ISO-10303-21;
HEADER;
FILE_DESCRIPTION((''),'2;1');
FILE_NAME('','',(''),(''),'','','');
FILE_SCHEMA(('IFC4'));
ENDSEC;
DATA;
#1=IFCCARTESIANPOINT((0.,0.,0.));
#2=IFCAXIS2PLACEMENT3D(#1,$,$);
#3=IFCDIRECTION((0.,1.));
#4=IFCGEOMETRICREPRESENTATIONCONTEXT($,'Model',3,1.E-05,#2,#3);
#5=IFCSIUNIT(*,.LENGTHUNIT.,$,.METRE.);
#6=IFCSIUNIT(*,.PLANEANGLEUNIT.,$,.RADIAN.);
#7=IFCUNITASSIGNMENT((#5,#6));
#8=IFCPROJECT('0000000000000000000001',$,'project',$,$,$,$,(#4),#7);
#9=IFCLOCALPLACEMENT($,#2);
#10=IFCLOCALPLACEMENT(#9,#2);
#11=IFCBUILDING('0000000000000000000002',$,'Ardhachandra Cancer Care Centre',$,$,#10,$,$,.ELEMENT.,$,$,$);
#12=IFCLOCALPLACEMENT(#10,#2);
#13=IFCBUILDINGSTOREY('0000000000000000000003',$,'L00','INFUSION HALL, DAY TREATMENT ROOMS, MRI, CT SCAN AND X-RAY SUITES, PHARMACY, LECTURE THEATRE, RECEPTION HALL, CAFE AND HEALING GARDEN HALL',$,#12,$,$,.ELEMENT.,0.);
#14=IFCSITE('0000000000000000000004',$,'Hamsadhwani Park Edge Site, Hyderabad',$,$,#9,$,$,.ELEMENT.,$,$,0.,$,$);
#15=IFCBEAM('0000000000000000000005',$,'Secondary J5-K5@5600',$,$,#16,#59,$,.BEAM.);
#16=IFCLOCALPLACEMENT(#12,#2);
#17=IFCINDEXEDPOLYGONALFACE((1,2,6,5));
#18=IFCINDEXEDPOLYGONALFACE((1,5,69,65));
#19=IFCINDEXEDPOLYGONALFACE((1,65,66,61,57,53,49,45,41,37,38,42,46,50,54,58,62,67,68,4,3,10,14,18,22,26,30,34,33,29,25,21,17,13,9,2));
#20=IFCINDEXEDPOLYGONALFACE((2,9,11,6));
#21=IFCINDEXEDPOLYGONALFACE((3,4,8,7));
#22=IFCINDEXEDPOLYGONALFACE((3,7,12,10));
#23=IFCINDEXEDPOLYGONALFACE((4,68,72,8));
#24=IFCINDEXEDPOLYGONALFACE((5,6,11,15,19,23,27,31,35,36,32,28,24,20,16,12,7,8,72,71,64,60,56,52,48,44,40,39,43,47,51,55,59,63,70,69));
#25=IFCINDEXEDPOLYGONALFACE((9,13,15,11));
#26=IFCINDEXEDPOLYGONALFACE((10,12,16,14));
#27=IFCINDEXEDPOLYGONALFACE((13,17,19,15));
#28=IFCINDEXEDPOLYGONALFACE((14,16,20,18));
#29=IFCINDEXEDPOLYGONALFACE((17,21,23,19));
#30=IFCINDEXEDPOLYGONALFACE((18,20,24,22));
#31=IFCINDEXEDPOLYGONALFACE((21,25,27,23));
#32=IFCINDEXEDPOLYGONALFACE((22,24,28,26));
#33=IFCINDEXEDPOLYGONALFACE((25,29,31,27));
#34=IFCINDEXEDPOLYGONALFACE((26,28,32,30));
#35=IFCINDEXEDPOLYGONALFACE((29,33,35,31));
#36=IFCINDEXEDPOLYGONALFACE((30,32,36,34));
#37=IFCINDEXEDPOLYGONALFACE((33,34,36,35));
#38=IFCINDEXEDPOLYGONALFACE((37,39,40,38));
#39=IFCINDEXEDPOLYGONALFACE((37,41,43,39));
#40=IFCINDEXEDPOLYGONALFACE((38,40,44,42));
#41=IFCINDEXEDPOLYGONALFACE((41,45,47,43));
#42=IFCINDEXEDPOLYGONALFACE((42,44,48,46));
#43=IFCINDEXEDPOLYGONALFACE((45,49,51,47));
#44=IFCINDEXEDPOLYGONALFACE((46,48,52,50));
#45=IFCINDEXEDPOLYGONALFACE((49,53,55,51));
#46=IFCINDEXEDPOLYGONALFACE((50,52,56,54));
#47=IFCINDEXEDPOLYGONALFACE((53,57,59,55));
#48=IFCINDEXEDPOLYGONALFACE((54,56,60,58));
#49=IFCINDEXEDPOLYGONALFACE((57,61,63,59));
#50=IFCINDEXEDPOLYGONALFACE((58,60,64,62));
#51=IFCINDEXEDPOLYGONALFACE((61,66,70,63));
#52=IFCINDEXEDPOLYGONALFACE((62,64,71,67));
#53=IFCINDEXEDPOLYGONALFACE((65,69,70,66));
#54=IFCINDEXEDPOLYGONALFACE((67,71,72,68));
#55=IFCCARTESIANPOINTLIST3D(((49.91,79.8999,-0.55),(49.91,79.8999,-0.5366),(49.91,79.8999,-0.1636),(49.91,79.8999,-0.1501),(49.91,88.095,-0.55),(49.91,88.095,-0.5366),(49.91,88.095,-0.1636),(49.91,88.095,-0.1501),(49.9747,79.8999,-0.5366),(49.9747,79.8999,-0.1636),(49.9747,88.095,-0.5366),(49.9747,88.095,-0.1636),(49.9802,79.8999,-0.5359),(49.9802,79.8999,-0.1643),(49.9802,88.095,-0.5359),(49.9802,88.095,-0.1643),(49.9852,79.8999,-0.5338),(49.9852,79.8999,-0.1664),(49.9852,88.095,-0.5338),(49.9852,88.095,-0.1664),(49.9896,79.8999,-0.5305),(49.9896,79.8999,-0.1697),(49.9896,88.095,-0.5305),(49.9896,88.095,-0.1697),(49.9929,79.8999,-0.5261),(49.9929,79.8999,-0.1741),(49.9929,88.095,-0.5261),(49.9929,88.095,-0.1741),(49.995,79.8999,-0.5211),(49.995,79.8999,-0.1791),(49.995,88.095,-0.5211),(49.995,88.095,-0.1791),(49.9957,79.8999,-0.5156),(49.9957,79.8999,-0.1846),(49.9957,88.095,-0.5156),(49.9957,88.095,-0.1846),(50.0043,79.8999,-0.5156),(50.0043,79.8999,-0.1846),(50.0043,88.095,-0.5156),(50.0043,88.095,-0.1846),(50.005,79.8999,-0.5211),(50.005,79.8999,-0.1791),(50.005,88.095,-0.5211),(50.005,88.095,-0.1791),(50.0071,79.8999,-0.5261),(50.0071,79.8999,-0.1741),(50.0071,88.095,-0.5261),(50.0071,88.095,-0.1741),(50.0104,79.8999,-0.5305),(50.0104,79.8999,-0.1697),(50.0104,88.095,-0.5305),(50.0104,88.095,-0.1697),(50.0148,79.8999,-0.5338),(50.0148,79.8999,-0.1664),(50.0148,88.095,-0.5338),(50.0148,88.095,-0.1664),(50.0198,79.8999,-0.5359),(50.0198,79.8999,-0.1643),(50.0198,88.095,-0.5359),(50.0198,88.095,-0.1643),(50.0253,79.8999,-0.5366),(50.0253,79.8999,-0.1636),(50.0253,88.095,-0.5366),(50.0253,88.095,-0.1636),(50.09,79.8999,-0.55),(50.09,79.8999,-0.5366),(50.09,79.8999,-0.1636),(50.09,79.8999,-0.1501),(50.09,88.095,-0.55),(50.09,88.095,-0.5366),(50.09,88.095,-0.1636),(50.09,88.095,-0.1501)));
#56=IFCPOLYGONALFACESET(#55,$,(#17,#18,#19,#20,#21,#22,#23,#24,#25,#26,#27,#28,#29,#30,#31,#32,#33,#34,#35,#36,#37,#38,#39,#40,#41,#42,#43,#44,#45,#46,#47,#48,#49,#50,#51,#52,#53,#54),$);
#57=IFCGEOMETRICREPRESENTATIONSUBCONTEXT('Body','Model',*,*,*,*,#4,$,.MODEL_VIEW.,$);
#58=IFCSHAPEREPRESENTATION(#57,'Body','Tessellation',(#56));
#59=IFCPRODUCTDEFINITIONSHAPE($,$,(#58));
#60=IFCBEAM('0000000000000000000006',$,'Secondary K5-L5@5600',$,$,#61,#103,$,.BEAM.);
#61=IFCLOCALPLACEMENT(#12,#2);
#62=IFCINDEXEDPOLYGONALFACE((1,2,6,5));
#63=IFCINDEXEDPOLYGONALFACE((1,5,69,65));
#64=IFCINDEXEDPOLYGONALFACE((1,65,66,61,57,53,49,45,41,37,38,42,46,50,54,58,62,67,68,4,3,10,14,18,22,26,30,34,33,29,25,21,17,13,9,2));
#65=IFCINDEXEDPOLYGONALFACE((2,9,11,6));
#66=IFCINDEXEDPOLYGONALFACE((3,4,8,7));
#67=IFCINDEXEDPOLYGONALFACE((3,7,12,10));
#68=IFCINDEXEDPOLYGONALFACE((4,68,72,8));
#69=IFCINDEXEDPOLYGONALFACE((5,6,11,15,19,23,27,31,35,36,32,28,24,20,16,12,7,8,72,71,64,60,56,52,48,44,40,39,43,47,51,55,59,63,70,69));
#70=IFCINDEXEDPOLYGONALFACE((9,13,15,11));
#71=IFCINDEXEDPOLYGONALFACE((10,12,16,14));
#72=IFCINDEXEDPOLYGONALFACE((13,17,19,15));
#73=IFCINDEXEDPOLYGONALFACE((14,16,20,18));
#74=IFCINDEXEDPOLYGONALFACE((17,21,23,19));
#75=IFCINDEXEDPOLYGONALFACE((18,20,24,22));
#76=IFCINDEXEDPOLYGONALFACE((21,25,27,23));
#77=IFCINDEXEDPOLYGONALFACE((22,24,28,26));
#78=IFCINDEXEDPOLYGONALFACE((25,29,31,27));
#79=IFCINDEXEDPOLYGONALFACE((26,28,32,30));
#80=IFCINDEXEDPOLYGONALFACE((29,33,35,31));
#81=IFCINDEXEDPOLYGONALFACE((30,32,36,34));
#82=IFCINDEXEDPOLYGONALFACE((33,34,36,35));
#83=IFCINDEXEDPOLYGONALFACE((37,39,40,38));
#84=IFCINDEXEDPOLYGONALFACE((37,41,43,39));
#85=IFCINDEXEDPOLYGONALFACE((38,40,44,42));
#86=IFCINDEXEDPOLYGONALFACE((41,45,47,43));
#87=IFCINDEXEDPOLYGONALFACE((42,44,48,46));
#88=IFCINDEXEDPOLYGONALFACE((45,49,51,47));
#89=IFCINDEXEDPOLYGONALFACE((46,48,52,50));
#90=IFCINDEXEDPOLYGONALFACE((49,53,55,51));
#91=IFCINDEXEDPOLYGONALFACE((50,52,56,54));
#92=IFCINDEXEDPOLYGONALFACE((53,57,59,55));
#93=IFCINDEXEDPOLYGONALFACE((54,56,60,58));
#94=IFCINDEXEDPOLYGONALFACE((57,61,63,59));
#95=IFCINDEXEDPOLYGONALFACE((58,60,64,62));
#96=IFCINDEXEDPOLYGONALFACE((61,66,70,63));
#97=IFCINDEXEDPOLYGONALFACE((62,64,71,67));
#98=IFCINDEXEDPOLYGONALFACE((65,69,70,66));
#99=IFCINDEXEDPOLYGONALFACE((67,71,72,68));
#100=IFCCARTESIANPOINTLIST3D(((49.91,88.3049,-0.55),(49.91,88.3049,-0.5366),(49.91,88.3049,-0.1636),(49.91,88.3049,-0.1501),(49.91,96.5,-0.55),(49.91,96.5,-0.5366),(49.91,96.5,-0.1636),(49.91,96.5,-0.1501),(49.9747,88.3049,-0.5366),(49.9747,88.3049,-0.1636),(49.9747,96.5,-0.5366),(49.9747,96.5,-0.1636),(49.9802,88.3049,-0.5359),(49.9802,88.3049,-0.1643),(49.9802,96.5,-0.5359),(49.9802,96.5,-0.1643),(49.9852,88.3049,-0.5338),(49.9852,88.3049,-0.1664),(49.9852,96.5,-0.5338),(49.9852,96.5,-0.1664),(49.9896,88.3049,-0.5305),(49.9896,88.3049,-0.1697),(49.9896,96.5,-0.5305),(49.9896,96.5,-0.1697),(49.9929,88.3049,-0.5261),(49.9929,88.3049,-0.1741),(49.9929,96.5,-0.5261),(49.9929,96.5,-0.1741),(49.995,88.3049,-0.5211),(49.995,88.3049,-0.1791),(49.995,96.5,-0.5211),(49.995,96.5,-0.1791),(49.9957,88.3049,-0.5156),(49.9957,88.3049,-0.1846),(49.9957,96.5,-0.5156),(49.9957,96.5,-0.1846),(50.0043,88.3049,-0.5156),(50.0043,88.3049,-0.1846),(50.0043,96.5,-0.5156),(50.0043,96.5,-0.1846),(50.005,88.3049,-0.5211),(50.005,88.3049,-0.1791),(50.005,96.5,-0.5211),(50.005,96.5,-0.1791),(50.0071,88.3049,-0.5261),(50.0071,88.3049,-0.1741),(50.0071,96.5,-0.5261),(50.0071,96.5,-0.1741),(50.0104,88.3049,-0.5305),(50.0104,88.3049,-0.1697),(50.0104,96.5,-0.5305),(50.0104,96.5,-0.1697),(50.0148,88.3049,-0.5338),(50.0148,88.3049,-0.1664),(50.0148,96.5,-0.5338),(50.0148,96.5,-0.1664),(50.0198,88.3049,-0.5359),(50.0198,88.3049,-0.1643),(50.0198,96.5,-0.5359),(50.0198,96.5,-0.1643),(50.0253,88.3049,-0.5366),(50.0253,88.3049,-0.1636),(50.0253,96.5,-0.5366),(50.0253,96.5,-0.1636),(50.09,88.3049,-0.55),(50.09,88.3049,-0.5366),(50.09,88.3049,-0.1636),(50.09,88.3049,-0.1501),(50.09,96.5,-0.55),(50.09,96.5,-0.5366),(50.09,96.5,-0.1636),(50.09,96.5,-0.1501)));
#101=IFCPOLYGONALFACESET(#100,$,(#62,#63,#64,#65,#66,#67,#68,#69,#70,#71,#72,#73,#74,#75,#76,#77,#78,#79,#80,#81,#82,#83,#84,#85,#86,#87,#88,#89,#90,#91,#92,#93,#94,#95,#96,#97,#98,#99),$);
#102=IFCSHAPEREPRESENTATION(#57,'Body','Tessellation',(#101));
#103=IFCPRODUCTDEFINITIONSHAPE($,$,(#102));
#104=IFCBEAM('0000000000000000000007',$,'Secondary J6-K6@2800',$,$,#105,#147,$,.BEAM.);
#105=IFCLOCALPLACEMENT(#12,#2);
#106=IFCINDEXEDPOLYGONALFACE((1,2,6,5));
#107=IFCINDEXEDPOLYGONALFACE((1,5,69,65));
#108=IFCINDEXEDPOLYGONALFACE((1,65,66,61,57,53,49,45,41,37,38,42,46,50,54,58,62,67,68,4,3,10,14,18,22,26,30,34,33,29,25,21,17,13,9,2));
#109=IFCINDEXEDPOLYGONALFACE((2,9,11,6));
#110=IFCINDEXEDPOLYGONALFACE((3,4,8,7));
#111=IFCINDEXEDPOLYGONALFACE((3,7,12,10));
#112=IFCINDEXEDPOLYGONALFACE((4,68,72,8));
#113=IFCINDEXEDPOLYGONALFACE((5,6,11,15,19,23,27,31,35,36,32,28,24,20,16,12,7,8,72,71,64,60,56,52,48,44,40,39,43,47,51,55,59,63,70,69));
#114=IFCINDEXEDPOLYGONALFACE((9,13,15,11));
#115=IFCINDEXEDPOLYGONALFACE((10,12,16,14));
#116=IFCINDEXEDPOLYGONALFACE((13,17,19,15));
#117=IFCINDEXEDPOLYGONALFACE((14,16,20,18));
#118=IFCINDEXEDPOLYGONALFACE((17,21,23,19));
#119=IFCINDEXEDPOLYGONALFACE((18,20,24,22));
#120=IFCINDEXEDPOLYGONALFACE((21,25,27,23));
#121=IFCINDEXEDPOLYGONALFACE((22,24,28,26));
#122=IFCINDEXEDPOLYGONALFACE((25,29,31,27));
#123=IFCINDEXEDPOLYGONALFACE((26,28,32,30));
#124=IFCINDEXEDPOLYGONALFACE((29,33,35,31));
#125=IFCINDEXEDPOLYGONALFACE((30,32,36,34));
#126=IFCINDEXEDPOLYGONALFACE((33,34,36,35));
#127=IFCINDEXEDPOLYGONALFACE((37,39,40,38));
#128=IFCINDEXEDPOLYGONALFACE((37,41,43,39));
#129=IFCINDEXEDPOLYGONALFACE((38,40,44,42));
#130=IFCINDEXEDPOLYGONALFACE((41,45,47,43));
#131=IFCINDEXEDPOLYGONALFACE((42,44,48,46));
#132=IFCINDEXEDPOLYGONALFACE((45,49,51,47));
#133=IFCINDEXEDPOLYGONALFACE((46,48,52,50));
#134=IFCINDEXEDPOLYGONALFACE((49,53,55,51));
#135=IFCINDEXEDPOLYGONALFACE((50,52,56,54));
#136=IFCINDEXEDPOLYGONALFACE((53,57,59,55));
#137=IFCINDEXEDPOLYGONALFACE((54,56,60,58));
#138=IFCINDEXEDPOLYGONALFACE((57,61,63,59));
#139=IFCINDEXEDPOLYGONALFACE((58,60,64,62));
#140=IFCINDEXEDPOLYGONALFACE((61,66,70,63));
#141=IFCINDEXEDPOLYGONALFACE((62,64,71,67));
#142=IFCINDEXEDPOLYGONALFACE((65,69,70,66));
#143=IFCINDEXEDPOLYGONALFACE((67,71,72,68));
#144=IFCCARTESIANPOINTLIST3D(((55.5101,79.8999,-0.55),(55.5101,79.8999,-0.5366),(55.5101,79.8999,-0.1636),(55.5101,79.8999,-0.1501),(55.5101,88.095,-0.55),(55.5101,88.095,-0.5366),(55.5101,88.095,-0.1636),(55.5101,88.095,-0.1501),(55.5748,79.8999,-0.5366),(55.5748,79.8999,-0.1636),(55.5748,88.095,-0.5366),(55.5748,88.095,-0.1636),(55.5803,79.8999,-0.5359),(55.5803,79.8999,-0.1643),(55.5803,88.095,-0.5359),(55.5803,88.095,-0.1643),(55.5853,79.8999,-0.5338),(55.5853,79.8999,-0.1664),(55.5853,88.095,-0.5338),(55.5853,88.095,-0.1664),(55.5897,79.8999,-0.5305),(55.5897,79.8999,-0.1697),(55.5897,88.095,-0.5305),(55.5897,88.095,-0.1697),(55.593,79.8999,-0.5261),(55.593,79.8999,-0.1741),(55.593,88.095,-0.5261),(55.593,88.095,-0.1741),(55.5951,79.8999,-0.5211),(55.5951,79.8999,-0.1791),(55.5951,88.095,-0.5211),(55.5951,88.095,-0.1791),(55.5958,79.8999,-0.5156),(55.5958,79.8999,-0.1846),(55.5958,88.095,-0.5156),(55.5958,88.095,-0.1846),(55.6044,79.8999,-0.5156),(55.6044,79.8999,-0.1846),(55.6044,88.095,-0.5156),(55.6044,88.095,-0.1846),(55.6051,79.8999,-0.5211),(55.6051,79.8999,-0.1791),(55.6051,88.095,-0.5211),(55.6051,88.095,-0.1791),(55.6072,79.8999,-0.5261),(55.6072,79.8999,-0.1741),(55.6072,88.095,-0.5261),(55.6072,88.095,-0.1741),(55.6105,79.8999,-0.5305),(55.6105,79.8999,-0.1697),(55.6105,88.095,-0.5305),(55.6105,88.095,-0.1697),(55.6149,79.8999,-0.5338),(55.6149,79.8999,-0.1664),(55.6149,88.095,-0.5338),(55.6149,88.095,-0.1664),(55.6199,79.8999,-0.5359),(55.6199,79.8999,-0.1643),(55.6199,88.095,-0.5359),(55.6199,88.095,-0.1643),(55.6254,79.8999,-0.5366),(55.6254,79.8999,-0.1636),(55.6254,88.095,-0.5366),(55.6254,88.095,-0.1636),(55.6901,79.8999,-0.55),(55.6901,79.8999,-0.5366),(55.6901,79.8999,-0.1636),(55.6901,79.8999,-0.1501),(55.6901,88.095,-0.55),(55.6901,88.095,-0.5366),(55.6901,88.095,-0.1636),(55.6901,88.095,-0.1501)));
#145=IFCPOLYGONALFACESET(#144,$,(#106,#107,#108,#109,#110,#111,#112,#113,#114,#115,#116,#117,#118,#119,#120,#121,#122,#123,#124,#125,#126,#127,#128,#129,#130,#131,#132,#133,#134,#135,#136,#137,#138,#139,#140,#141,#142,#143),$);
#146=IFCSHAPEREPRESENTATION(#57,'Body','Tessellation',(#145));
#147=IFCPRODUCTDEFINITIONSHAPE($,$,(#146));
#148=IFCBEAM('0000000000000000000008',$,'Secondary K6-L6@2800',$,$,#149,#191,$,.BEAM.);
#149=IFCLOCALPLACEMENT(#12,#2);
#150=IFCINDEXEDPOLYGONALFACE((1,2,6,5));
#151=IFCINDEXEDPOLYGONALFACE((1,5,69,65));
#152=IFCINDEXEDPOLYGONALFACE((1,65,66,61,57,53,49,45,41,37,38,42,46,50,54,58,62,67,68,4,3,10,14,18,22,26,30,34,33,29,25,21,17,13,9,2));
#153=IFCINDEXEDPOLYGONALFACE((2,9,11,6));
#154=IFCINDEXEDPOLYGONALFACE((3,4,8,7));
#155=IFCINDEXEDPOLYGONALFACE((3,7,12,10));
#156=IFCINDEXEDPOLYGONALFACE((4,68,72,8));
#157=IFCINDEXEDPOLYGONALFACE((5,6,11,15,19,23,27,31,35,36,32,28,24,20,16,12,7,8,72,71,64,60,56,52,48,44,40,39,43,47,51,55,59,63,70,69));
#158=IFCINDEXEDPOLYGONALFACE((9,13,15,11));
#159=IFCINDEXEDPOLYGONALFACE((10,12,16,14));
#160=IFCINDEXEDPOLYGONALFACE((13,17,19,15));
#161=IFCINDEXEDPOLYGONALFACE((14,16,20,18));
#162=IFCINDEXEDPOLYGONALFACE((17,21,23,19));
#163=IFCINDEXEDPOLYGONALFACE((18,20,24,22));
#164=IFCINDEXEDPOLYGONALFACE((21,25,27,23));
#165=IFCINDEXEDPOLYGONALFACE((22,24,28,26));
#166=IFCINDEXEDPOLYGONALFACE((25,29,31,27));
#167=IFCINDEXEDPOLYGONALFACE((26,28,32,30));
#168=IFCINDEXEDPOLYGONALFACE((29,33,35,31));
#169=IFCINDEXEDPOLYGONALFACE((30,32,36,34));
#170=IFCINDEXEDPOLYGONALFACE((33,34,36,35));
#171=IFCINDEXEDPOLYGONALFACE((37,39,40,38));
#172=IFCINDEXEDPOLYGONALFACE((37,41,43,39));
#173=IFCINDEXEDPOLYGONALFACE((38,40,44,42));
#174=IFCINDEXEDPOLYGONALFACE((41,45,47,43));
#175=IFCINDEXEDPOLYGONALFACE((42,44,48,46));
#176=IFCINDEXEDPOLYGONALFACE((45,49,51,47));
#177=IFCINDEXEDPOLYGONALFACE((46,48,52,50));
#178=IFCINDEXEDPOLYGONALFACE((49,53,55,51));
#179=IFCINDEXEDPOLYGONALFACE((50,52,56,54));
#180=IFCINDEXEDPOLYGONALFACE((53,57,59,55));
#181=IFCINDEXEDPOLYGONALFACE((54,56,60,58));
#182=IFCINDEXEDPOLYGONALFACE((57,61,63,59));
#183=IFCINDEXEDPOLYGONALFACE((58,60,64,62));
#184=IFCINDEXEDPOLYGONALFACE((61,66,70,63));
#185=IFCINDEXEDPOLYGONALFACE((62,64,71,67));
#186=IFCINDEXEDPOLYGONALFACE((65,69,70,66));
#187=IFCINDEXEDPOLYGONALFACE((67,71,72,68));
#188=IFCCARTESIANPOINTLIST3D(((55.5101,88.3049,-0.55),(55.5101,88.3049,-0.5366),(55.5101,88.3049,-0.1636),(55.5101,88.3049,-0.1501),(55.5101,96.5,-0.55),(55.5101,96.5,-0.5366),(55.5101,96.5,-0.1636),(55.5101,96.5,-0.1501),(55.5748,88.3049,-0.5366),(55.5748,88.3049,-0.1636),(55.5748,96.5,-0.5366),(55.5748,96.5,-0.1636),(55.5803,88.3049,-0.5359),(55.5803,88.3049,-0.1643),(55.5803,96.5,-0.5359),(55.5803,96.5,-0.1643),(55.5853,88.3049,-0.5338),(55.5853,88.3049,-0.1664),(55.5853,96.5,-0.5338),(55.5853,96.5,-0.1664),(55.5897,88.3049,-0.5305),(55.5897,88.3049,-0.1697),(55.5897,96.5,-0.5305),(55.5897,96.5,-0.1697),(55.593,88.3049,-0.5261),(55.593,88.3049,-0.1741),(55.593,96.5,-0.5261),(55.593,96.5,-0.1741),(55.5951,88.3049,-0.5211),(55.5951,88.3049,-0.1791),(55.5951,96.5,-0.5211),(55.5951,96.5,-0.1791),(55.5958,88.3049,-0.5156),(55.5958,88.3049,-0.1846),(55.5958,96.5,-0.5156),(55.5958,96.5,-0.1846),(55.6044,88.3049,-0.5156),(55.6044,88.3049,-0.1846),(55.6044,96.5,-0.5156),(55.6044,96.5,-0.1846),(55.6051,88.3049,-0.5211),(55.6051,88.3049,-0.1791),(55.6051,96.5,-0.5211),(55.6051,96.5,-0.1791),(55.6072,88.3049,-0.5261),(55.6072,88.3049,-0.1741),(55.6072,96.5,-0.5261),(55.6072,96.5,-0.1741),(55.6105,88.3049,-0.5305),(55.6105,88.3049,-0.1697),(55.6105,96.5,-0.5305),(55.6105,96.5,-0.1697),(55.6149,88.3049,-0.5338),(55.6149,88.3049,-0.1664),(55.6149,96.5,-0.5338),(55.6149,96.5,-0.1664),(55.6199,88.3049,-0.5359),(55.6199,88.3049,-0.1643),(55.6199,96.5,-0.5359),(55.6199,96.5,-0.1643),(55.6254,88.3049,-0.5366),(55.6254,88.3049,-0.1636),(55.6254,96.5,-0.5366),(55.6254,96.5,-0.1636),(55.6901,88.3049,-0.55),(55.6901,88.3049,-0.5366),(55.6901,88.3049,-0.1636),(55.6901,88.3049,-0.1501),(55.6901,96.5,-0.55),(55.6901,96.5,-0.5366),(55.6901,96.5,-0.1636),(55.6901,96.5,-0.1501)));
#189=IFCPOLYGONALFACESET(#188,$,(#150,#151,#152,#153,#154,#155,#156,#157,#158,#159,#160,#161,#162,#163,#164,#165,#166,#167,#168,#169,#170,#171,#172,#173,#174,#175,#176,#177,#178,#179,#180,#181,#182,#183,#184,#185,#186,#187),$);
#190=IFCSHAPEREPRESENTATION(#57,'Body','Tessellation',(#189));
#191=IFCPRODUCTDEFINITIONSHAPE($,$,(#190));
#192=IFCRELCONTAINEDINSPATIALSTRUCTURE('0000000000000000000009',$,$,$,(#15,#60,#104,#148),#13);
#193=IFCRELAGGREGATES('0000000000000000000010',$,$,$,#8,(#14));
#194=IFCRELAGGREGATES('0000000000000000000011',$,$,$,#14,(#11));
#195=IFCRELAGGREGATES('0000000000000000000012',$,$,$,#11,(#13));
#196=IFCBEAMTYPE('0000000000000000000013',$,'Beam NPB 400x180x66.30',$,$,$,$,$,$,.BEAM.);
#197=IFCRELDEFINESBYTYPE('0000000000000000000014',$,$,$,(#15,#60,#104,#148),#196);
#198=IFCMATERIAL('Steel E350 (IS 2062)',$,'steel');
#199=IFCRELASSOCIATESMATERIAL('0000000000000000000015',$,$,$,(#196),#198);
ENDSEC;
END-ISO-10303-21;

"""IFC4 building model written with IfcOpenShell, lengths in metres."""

from ifc_helpers import new_model, si_unit, direction, frame, origin, origin_2d, place, context, subcontext, project, spatial, i_section, extrude, material, material_profile, profile_set, type_object, element, save


model = new_model("IFC4")

# Units and contexts
model_context = context("Model", 3, precision=1e-05, world=origin(), true_north=direction((0.0, 1.0)))
body_context = subcontext(model_context, "Body", "Model", "MODEL_VIEW")
ifc_project = project(units=[si_unit("LENGTHUNIT", "METRE"), si_unit("PLANEANGLEUNIT", "RADIAN")], contexts=[model_context])

# Site, building, storey
site_placement = place(None, origin())
site = spatial("IfcSite", under=ifc_project, at=site_placement, Name="Hamsadhwani Park Edge Site, Hyderabad", CompositionType="ELEMENT", RefElevation=0.0)
building_placement = place(site_placement, origin())
building = spatial("IfcBuilding", under=site, at=building_placement, Name="Ardhachandra Cancer Care Centre", CompositionType="ELEMENT")
storey_placement = place(building_placement, origin())
storey = spatial("IfcBuildingStorey", under=building, at=storey_placement, Name="L00", Description="INFUSION HALL, DAY TREATMENT ROOMS, MRI, CT SCAN AND X-RAY SUITES, PHARMACY, LECTURE THEATRE, RECEPTION HALL, CAFE AND HEALING GARDEN HALL", CompositionType="ELEMENT", Elevation=0.0)

# Beams
ifc_material_1 = material(Name="Steel E350 (IS 2062)", Category="steel")
ifc_material_profile_1 = material_profile(ifc_material_1, i_section(OverallWidth=0.1799, OverallDepth=0.3999, WebThickness=0.0085, FlangeThickness=0.0134, FilletRadius=0.021, at=origin_2d()), Name="NPB 400x180x66.30")
ifc_profile_set_1 = profile_set([ifc_material_profile_1], Name="Steel E350 (IS 2062)")
beam_type_1 = type_object("IfcBeamType", Name="Beam NPB 400x180x66.30", PredefinedType="BEAM", material=ifc_profile_set_1)
for number, where, z_axis, x_axis, name in (
    (1, (50.0, 79.8999, -0.3501), (0.0, 1.0, 0.0), (-1.0, 0.0, 0.0), "Secondary J5-K5@5600"),
    (2, (50.0, 88.3049, -0.3501), (0.0, 1.0, 0.0), (-1.0, 0.0, 0.0), "Secondary K5-L5@5600"),
    (3, (55.6001, 79.8999, -0.3501), (0.0, 1.0, 0.0), (-1.0, 0.0, 0.0), "Secondary J6-K6@2800"),
    (4, (55.6001, 88.3049, -0.3501), (0.0, 1.0, 0.0), (-1.0, 0.0, 0.0), "Secondary K6-L6@2800"),
):
    element("IfcBeam", number, at=place(storey_placement, frame(where, z_axis=z_axis, x_axis=x_axis)), inside=storey, type_object=beam_type_1, Name=name, PredefinedType="BEAM", context=body_context, shape_type="SweptSolid", body=[
        extrude(i_section(OverallWidth=0.1799, OverallDepth=0.3999, WebThickness=0.0085, FlangeThickness=0.0134, FilletRadius=0.021, at=origin_2d()), origin(), (0.0, 0.0, 1.0), 8.1951),
    ])

save(model, "model.ifc")
